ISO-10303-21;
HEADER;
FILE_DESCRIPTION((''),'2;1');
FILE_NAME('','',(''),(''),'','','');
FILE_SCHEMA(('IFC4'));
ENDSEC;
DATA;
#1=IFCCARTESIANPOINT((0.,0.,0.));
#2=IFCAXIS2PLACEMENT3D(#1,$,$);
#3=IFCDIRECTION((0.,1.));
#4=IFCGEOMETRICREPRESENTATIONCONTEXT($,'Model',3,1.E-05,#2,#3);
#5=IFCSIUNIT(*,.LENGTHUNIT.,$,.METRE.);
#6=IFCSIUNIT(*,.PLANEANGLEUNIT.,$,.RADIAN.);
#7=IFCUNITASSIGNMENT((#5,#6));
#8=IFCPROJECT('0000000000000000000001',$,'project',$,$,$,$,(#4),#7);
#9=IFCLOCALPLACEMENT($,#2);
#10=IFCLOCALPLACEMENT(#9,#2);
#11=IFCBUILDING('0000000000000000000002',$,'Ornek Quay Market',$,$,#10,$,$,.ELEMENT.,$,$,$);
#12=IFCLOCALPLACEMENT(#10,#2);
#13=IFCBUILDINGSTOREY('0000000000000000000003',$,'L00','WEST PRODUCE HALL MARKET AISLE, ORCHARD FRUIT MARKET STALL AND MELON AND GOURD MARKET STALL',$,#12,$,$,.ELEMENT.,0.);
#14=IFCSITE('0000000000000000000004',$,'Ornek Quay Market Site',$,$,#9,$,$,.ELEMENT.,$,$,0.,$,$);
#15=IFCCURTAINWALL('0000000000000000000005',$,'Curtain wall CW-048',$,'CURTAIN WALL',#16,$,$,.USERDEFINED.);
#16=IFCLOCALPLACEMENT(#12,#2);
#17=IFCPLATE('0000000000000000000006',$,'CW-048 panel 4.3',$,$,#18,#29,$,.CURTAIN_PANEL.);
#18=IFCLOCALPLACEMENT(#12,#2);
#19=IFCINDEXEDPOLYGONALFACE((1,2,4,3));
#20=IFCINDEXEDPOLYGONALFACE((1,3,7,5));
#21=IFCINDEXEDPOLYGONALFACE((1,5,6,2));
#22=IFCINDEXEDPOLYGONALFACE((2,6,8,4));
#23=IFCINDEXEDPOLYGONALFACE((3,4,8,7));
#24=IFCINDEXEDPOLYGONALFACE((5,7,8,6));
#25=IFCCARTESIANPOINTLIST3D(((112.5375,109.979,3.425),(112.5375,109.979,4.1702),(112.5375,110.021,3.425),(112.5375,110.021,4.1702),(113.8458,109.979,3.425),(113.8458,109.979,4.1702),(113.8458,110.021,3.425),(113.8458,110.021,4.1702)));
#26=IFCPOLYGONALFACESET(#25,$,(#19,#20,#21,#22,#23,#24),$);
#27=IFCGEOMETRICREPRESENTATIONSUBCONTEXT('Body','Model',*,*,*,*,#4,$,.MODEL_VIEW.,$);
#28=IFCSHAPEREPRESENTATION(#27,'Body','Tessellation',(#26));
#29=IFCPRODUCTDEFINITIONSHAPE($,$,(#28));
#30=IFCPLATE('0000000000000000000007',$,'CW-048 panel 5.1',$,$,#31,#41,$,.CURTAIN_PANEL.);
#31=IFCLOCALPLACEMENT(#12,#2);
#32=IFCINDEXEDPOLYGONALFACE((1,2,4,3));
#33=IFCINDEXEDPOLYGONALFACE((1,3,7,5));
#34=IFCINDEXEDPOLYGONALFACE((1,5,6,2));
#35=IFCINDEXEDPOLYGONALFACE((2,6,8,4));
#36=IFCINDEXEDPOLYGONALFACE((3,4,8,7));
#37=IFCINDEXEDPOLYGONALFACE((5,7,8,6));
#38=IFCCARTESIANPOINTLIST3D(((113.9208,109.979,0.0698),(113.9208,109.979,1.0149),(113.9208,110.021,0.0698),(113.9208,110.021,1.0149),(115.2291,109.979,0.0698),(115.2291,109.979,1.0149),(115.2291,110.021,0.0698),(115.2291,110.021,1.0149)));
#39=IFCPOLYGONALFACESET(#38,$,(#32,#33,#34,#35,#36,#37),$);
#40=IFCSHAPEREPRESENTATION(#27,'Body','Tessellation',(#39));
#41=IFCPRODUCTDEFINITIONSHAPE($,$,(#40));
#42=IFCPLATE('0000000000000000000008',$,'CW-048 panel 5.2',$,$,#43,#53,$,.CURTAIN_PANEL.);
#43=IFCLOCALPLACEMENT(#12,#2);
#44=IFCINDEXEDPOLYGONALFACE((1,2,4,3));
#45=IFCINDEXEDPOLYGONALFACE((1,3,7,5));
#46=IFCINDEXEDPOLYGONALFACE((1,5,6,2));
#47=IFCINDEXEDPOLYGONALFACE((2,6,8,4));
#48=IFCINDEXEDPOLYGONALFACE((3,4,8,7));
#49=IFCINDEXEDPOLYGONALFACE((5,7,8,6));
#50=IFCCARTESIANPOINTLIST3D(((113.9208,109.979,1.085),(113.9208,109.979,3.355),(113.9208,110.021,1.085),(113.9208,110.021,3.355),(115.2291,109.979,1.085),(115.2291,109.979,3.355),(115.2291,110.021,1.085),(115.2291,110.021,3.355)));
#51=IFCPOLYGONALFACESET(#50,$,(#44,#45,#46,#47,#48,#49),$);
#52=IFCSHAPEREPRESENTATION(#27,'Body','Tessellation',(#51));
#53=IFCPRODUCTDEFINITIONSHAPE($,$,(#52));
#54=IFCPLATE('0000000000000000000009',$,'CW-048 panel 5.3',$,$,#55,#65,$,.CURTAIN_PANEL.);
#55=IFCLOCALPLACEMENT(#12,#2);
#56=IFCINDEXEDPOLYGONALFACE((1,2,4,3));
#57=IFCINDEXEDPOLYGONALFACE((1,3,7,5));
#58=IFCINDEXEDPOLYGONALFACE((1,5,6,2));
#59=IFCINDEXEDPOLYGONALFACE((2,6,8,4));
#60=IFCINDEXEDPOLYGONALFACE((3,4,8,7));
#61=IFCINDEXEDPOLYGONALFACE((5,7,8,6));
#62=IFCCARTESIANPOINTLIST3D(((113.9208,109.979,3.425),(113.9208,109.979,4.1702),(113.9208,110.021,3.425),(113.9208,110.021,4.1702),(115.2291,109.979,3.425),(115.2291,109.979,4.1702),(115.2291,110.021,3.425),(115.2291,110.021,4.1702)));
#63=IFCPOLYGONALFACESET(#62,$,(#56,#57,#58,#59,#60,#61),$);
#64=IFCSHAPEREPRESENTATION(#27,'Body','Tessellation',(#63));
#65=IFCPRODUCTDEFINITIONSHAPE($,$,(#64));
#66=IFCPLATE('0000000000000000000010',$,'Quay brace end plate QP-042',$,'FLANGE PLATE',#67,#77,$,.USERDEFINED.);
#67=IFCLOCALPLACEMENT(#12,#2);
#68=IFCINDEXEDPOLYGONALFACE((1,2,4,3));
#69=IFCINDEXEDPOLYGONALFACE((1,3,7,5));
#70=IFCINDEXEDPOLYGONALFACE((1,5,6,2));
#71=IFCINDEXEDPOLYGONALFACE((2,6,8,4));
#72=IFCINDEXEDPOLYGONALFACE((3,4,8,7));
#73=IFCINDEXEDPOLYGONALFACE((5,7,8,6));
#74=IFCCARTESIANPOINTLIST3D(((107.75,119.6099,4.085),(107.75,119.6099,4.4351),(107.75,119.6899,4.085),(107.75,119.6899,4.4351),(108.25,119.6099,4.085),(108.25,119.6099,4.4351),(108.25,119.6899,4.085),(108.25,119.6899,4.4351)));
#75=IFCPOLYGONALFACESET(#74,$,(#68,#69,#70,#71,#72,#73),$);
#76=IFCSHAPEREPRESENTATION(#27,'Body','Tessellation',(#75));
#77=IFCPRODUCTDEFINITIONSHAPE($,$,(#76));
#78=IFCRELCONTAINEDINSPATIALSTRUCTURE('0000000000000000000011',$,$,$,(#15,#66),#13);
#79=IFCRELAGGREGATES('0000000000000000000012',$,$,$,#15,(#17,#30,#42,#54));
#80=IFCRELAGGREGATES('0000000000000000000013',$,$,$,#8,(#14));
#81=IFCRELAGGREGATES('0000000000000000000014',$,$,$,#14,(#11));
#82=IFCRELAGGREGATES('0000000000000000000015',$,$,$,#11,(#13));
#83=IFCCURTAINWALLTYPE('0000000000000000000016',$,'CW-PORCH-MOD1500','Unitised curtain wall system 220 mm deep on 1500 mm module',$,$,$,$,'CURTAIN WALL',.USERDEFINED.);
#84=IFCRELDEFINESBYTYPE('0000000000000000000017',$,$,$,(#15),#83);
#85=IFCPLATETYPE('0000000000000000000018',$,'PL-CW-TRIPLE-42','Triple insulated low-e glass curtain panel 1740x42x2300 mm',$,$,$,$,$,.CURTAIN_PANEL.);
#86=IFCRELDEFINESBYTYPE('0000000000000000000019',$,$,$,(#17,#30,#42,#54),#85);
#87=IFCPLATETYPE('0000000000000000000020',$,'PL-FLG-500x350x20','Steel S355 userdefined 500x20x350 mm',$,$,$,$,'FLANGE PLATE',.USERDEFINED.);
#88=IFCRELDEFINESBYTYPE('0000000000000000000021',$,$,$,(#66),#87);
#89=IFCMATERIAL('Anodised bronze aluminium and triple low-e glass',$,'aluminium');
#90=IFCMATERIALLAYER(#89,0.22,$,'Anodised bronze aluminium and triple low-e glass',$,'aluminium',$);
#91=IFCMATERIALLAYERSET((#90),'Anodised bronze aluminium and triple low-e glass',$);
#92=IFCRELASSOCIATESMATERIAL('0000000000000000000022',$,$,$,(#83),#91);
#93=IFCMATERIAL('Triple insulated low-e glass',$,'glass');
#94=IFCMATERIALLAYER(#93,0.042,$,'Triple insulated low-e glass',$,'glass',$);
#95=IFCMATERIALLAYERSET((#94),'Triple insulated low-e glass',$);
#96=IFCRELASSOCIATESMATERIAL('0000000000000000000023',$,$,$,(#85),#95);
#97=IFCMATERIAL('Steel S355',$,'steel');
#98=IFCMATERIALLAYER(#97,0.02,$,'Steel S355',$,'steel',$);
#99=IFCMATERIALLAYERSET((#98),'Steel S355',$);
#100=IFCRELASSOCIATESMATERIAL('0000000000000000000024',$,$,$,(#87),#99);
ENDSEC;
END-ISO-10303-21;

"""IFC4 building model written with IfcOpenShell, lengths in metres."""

from ifc_helpers import new_model, si_unit, direction, frame, origin, origin_2d, place, context, subcontext, project, spatial, rectangle, extrude, material, layer, layer_set, type_object, element, aggregate, save


model = new_model("IFC4")

# Units and contexts
model_context = context("Model", 3, precision=1e-05, world=origin(), true_north=direction((0.0, 1.0)))
body_context = subcontext(model_context, "Body", "Model", "MODEL_VIEW")
ifc_project = project(units=[si_unit("LENGTHUNIT", "METRE"), si_unit("PLANEANGLEUNIT", "RADIAN")], contexts=[model_context])

# Site, building, storey
site_placement = place(None, origin())
site = spatial("IfcSite", under=ifc_project, at=site_placement, Name="Ornek Quay Market Site", CompositionType="ELEMENT", RefElevation=0.0)
building_placement = place(site_placement, origin())
building = spatial("IfcBuilding", under=site, at=building_placement, Name="Ornek Quay Market", CompositionType="ELEMENT")
storey_placement = place(building_placement, origin())
storey = spatial("IfcBuildingStorey", under=building, at=storey_placement, Name="L00", Description="WEST PRODUCE HALL MARKET AISLE, ORCHARD FRUIT MARKET STALL AND MELON AND GOURD MARKET STALL", CompositionType="ELEMENT", Elevation=0.0)

# Shared definitions
ifc_material_1 = material(Name="Steel S355", Category="steel")

# Shared definitions
ifc_material_2 = material(Name="Anodised bronze aluminium and triple low-e glass", Category="aluminium")
ifc_layer_1 = layer(ifc_material_2, 0.22, Name="Anodised bronze aluminium and triple low-e glass", Category="aluminium")
ifc_layer_set_1 = layer_set([ifc_layer_1], Name="Anodised bronze aluminium and triple low-e glass")
curtain_wall_type = type_object("IfcCurtainWallType", Name="CW-PORCH-MOD1500", Description="Unitised curtain wall system 220 mm deep on 1500 mm module", ElementType="CURTAIN WALL", PredefinedType="USERDEFINED", material=ifc_layer_set_1)

# Curtain wall
curtain_wall_1_placement = place(storey_placement, origin())
curtain_wall_1 = element("IfcCurtainWall", 1, at=curtain_wall_1_placement, inside=storey, type_object=curtain_wall_type, Name="Curtain wall CW-048", ObjectType="CURTAIN WALL", PredefinedType="USERDEFINED")

# Plates
ifc_material_3 = material(Name="Triple insulated low-e glass", Category="glass")
ifc_layer_2 = layer(ifc_material_3, 0.042, Name="Triple insulated low-e glass", Category="glass")
ifc_layer_set_2 = layer_set([ifc_layer_2], Name="Triple insulated low-e glass")
plate_type_1 = type_object("IfcPlateType", Name="PL-CW-TRIPLE-42", Description="Triple insulated low-e glass curtain panel 1740x42x2300 mm", PredefinedType="CURTAIN_PANEL", material=ifc_layer_set_2)
plate_1_placement = place(storey_placement, frame((113.1917, 110.0, 3.425), z_axis=(0.0, 0.0, 1.0), x_axis=(1.0, 0.0, 0.0)))
plate_1 = element("IfcPlate", 2, at=plate_1_placement, type_object=plate_type_1, Name="CW-048 panel 4.3", PredefinedType="CURTAIN_PANEL", context=body_context, shape_type="SweptSolid", body=[
    extrude(rectangle(XDim=1.3083, YDim=0.042, at=origin_2d()), origin(), (0.0, 0.0, 1.0), 0.7451),
])
plate_2_placement = place(storey_placement, frame((114.575, 110.0, 0.0698), z_axis=(0.0, 0.0, 1.0), x_axis=(1.0, 0.0, 0.0)))
plate_2 = element("IfcPlate", 3, at=plate_2_placement, type_object=plate_type_1, Name="CW-048 panel 5.1", PredefinedType="CURTAIN_PANEL", context=body_context, shape_type="SweptSolid", body=[
    extrude(rectangle(XDim=1.3083, YDim=0.042, at=origin_2d()), origin(), (0.0, 0.0, 1.0), 0.9451),
])
plate_3_placement = place(storey_placement, frame((114.575, 110.0, 1.085), z_axis=(0.0, 0.0, 1.0), x_axis=(1.0, 0.0, 0.0)))
plate_3 = element("IfcPlate", 4, at=plate_3_placement, type_object=plate_type_1, Name="CW-048 panel 5.2", PredefinedType="CURTAIN_PANEL", context=body_context, shape_type="SweptSolid", body=[
    extrude(rectangle(XDim=1.3083, YDim=0.042, at=origin_2d()), origin(), (0.0, 0.0, 1.0), 2.27),
])
plate_4_placement = place(storey_placement, frame((114.575, 110.0, 3.425), z_axis=(0.0, 0.0, 1.0), x_axis=(1.0, 0.0, 0.0)))
plate_4 = element("IfcPlate", 5, at=plate_4_placement, type_object=plate_type_1, Name="CW-048 panel 5.3", PredefinedType="CURTAIN_PANEL", context=body_context, shape_type="SweptSolid", body=[
    extrude(rectangle(XDim=1.3083, YDim=0.042, at=origin_2d()), origin(), (0.0, 0.0, 1.0), 0.7451),
])
aggregate(curtain_wall_1, [plate_1, plate_2, plate_3, plate_4])
ifc_layer_3 = layer(ifc_material_1, 0.02, Name="Steel S355", Category="steel")
ifc_layer_set_3 = layer_set([ifc_layer_3], Name="Steel S355")
plate_type_2 = type_object("IfcPlateType", Name="PL-FLG-500x350x20", Description="Steel S355 userdefined 500x20x350 mm", ElementType="FLANGE PLATE", PredefinedType="USERDEFINED", material=ifc_layer_set_3)
plate_5_placement = place(storey_placement, frame((108.0, 119.6499, 4.085), z_axis=(0.0, 0.0, 1.0), x_axis=(1.0, 0.0, 0.0)))
element("IfcPlate", 6, at=plate_5_placement, inside=storey, type_object=plate_type_2, Name="Quay brace end plate QP-042", ObjectType="FLANGE PLATE", PredefinedType="USERDEFINED", context=body_context, shape_type="SweptSolid", body=[
    extrude(rectangle(XDim=0.5, YDim=0.0801, at=origin_2d()), origin(), (0.0, 0.0, 1.0), 0.3501),
])

save(model, "model.ifc")
